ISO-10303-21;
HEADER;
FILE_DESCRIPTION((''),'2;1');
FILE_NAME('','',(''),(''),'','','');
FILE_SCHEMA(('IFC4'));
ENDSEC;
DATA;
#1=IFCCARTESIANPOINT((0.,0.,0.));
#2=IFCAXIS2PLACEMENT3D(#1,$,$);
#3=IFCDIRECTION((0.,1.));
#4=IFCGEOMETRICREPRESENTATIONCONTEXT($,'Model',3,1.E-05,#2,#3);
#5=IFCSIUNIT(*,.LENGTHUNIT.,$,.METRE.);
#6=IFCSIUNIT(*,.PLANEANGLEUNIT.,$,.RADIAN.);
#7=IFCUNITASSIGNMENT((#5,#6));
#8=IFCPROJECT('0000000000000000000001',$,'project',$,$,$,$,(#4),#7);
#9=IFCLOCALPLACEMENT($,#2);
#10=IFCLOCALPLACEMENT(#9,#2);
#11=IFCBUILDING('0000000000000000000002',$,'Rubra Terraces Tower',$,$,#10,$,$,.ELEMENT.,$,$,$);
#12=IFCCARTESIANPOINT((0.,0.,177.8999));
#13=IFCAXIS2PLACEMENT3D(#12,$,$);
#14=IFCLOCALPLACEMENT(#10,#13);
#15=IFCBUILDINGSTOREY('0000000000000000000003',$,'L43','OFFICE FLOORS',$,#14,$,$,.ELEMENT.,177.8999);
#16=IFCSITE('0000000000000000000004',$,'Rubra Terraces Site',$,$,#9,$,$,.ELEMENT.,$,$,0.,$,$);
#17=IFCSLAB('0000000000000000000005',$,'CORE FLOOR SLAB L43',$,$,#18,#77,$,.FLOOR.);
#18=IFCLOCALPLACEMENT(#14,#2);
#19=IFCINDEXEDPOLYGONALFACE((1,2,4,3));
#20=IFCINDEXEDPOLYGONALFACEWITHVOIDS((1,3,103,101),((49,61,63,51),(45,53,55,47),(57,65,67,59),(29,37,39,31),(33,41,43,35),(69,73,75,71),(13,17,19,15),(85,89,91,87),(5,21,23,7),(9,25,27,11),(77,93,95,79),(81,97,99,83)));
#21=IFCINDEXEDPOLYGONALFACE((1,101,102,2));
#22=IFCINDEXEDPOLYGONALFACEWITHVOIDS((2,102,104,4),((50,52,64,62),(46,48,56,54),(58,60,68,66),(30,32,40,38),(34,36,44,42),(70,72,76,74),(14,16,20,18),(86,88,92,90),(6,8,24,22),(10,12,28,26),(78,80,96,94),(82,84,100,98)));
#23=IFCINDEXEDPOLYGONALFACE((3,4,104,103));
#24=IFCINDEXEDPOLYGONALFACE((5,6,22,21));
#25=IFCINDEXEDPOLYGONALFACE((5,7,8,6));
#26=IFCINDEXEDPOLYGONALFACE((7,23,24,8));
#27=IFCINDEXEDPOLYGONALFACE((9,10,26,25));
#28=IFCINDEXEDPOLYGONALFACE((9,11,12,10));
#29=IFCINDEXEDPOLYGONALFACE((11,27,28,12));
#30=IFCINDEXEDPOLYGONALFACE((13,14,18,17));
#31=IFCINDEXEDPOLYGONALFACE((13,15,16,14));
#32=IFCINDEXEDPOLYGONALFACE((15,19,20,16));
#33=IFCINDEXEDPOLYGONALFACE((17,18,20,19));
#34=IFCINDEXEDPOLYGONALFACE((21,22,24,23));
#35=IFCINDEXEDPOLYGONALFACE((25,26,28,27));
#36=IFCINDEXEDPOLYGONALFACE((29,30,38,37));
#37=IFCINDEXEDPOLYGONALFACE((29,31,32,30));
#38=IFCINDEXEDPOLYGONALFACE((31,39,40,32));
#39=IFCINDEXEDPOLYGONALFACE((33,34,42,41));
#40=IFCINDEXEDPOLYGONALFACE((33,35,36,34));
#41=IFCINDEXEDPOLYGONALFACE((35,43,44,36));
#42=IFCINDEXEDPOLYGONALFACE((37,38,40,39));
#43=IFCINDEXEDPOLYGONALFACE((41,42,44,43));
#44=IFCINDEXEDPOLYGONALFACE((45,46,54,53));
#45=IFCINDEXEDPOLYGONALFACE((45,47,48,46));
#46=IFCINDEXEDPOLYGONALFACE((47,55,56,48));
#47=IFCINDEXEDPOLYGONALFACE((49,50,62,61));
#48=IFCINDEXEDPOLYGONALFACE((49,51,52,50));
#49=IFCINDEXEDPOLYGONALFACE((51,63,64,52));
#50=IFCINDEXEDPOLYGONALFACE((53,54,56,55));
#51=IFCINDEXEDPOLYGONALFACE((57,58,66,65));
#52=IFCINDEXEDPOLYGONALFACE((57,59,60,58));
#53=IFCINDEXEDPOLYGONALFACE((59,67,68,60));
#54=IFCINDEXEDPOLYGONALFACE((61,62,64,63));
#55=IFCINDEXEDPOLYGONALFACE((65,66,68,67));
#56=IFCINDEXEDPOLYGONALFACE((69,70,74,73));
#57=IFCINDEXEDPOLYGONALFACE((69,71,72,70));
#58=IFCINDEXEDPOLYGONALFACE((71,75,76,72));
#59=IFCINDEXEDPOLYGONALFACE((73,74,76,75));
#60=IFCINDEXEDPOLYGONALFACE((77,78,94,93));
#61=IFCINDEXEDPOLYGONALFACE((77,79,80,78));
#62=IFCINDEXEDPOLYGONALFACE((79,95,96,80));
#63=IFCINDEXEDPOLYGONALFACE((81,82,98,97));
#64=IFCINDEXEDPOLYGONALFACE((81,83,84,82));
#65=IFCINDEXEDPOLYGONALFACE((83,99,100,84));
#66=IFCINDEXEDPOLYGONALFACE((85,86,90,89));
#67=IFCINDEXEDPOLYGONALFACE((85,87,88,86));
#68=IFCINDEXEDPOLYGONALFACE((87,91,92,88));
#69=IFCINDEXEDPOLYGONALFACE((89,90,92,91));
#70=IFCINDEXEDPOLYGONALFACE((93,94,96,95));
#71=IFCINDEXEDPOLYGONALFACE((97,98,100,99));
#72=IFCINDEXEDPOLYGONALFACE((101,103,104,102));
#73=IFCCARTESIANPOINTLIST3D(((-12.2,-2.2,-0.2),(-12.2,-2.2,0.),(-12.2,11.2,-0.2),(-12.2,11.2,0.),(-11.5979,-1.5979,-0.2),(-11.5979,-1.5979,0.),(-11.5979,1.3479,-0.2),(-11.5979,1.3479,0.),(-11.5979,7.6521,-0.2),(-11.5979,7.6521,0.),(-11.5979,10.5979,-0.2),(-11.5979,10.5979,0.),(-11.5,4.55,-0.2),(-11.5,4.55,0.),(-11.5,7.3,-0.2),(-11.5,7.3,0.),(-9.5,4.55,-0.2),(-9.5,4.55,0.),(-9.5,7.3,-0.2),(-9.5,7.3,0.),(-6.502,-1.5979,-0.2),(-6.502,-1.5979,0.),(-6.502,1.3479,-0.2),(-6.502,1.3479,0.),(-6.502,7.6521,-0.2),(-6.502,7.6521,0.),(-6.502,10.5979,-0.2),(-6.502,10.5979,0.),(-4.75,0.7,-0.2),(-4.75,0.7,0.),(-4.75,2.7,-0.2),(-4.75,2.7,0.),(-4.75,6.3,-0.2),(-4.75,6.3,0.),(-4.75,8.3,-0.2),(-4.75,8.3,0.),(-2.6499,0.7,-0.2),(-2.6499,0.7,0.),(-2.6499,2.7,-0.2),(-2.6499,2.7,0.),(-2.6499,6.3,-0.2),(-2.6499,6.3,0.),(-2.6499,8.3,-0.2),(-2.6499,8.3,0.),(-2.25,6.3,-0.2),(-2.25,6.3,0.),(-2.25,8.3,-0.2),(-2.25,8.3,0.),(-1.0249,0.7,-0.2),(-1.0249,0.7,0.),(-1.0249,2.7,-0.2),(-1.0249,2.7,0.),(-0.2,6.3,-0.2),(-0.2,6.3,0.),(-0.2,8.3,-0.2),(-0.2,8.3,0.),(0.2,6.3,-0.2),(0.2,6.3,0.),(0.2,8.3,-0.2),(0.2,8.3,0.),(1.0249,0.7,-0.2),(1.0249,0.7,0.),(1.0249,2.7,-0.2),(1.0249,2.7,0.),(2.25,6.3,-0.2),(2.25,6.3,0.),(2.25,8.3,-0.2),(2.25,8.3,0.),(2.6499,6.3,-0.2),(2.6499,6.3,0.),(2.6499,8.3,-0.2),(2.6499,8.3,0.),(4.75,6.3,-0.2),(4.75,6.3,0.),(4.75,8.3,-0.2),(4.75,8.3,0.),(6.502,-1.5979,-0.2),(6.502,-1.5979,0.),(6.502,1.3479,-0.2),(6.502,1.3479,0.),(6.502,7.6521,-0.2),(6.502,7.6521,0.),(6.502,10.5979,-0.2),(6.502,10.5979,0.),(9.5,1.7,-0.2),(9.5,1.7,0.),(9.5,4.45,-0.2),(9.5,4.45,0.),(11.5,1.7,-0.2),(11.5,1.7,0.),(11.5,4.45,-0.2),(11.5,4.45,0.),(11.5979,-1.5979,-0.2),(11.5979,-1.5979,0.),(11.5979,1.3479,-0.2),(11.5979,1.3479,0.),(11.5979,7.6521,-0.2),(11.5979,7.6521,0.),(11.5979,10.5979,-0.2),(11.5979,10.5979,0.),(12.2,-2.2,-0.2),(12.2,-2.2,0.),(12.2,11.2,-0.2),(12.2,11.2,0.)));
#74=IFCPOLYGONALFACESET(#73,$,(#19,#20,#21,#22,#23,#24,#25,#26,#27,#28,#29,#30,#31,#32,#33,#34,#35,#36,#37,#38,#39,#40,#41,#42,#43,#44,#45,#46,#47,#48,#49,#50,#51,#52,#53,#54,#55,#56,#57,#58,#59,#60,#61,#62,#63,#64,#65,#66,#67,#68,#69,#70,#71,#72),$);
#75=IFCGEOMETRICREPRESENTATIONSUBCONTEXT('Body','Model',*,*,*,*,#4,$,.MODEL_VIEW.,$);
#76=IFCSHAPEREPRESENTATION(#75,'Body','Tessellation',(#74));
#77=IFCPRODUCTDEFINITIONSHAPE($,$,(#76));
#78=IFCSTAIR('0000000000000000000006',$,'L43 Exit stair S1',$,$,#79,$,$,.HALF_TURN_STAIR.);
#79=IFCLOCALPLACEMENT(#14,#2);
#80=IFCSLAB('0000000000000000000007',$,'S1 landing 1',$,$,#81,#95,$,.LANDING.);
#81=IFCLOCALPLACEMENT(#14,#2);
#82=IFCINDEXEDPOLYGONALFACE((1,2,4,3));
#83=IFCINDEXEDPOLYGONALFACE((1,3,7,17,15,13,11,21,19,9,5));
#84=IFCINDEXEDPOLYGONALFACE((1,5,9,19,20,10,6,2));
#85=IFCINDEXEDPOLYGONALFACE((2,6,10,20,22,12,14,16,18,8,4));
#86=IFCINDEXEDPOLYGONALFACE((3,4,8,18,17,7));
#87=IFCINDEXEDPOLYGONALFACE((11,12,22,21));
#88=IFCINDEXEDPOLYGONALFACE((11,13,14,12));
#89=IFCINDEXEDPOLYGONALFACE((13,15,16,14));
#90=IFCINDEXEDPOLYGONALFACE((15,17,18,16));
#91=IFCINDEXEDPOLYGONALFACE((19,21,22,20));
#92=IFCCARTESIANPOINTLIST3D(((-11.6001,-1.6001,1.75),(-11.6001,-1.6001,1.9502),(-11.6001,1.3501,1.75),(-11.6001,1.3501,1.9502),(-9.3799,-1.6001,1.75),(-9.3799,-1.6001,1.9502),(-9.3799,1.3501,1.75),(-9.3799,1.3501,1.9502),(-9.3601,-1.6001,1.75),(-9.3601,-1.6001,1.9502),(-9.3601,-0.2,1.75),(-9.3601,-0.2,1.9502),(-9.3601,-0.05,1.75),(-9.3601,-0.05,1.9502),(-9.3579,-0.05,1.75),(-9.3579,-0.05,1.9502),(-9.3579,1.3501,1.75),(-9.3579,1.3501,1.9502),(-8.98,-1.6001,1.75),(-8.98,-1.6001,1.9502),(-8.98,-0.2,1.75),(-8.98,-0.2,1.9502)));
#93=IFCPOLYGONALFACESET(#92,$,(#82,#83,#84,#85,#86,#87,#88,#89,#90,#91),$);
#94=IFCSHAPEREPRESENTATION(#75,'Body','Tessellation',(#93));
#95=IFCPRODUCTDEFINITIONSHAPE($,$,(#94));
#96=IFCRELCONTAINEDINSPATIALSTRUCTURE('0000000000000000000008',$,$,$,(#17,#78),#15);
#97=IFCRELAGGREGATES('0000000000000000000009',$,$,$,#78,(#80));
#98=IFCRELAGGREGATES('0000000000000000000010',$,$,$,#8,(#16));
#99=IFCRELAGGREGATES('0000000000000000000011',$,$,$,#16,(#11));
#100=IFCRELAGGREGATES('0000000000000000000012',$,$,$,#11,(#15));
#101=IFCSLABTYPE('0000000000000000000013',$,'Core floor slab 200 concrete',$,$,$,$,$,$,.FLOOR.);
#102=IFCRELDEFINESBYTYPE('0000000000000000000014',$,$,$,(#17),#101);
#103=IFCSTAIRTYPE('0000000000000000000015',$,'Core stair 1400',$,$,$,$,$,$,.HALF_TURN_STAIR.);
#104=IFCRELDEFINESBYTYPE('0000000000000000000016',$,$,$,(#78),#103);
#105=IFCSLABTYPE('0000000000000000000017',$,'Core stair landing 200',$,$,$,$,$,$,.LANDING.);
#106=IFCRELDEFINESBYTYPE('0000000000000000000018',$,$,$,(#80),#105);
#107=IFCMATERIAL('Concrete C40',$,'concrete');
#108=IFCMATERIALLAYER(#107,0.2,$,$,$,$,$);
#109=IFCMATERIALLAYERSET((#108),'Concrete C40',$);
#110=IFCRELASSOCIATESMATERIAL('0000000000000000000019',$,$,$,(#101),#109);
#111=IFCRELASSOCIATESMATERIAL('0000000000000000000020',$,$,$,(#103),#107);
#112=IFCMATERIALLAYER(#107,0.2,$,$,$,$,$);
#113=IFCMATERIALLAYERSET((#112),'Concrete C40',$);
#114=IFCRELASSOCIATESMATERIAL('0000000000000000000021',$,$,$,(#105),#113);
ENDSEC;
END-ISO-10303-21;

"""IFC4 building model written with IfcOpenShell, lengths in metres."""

from ifc_helpers import new_model, si_unit, direction, frame, origin, place, context, subcontext, project, spatial, polyline, outline, extrude, material, layer, layer_set, type_object, element, aggregate, save


model = new_model("IFC4")

# Units and contexts
model_context = context("Model", 3, precision=1e-05, world=origin(), true_north=direction((0.0, 1.0)))
body_context = subcontext(model_context, "Body", "Model", "MODEL_VIEW")
ifc_project = project(units=[si_unit("LENGTHUNIT", "METRE"), si_unit("PLANEANGLEUNIT", "RADIAN")], contexts=[model_context])

# Site, building, storey
site_placement = place(None, origin())
site = spatial("IfcSite", under=ifc_project, at=site_placement, Name="Rubra Terraces Site", CompositionType="ELEMENT", RefElevation=0.0)
building_placement = place(site_placement, origin())
building = spatial("IfcBuilding", under=site, at=building_placement, Name="Rubra Terraces Tower", CompositionType="ELEMENT")
storey_placement = place(building_placement, frame((0.0, 0.0, 177.8999)))
storey = spatial("IfcBuildingStorey", under=building, at=storey_placement, Name="L43", Description="OFFICE FLOORS", CompositionType="ELEMENT", Elevation=177.8999)

# Slab
ifc_material_1 = material(Name="Concrete C40", Category="concrete")
ifc_layer_1 = layer(ifc_material_1, 0.2)
ifc_layer_set_1 = layer_set([ifc_layer_1], Name="Concrete C40")
slab_type_1 = type_object("IfcSlabType", Name="Core floor slab 200 concrete", PredefinedType="FLOOR", material=ifc_layer_set_1)
slab_1_placement = place(storey_placement, frame((0.0, 0.0, -0.2)))
element("IfcSlab", 1, at=slab_1_placement, inside=storey, type_object=slab_type_1, Name="CORE FLOOR SLAB L43", PredefinedType="FLOOR", context=body_context, shape_type="SweptSolid", body=[
    extrude(outline(polyline([(-12.2, -2.2), (-12.2, 11.2), (12.2, 11.2), (12.2, -2.2), (-12.2, -2.2)]), holes=[polyline([(11.5979, 1.3479), (6.502, 1.3479), (6.502, -1.5979), (11.5979, -1.5979), (11.5979, 1.3479)]), polyline([(11.5979, 7.6521), (11.5979, 10.5979), (6.502, 10.5979), (6.502, 7.6521), (11.5979, 7.6521)]), polyline([(9.5, 1.7), (11.5, 1.7), (11.5, 4.45), (9.5, 4.45), (9.5, 1.7)]), polyline([(4.75, 6.3), (4.75, 8.3), (2.6499, 8.3), (2.6499, 6.3), (4.75, 6.3)]), polyline([(2.25, 8.3), (0.2, 8.3), (0.2, 6.3), (2.25, 6.3), (2.25, 8.3)]), polyline([(1.0249, 0.7), (1.0249, 2.7), (-1.0249, 2.7), (-1.0249, 0.7), (1.0249, 0.7)]), polyline([(-0.2, 6.3), (-0.2, 8.3), (-2.25, 8.3), (-2.25, 6.3), (-0.2, 6.3)]), polyline([(-4.75, 8.3), (-4.75, 6.3), (-2.6499, 6.3), (-2.6499, 8.3), (-4.75, 8.3)]), polyline([(-2.6499, 0.7), (-2.6499, 2.7), (-4.75, 2.7), (-4.75, 0.7), (-2.6499, 0.7)]), polyline([(-11.5979, -1.5979), (-6.502, -1.5979), (-6.502, 1.3479), (-11.5979, 1.3479), (-11.5979, -1.5979)]), polyline([(-11.5979, 10.5979), (-11.5979, 7.6521), (-6.502, 7.6521), (-6.502, 10.5979), (-11.5979, 10.5979)]), polyline([(-9.5, 4.55), (-9.5, 7.3), (-11.5, 7.3), (-11.5, 4.55), (-9.5, 4.55)])]), origin(), (0.0, 0.0, 1.0), 0.2),
])

# Stair, slab
stair_type = type_object("IfcStairType", Name="Core stair 1400", PredefinedType="HALF_TURN_STAIR", material=ifc_material_1)
stair_placement = place(storey_placement, origin())
stair = element("IfcStair", 2, at=stair_placement, inside=storey, type_object=stair_type, Name="L43 Exit stair S1", PredefinedType="HALF_TURN_STAIR")
ifc_layer_2 = layer(ifc_material_1, 0.2)
ifc_layer_set_2 = layer_set([ifc_layer_2], Name="Concrete C40")
slab_type_2 = type_object("IfcSlabType", Name="Core stair landing 200", PredefinedType="LANDING", material=ifc_layer_set_2)
slab_2_placement = place(storey_placement, frame((0.0, 0.0, 1.75)))
slab_2 = element("IfcSlab", 3, at=slab_2_placement, type_object=slab_type_2, Name="S1 landing 1", PredefinedType="LANDING", context=body_context, shape_type="SweptSolid", body=[
    extrude(outline(polyline([(-8.98, -0.2), (-8.98, -1.6001), (-9.3601, -1.6001), (-9.3799, -1.6001), (-11.6001, -1.6001), (-11.6001, 1.3501), (-9.3799, 1.3501), (-9.3579, 1.3501), (-9.3579, -0.05), (-9.3601, -0.05), (-9.3601, -0.2), (-8.98, -0.2)])), origin(), (0.0, 0.0, 1.0), 0.2002),
])

aggregate(stair, [slab_2])

save(model, "model.ifc")
